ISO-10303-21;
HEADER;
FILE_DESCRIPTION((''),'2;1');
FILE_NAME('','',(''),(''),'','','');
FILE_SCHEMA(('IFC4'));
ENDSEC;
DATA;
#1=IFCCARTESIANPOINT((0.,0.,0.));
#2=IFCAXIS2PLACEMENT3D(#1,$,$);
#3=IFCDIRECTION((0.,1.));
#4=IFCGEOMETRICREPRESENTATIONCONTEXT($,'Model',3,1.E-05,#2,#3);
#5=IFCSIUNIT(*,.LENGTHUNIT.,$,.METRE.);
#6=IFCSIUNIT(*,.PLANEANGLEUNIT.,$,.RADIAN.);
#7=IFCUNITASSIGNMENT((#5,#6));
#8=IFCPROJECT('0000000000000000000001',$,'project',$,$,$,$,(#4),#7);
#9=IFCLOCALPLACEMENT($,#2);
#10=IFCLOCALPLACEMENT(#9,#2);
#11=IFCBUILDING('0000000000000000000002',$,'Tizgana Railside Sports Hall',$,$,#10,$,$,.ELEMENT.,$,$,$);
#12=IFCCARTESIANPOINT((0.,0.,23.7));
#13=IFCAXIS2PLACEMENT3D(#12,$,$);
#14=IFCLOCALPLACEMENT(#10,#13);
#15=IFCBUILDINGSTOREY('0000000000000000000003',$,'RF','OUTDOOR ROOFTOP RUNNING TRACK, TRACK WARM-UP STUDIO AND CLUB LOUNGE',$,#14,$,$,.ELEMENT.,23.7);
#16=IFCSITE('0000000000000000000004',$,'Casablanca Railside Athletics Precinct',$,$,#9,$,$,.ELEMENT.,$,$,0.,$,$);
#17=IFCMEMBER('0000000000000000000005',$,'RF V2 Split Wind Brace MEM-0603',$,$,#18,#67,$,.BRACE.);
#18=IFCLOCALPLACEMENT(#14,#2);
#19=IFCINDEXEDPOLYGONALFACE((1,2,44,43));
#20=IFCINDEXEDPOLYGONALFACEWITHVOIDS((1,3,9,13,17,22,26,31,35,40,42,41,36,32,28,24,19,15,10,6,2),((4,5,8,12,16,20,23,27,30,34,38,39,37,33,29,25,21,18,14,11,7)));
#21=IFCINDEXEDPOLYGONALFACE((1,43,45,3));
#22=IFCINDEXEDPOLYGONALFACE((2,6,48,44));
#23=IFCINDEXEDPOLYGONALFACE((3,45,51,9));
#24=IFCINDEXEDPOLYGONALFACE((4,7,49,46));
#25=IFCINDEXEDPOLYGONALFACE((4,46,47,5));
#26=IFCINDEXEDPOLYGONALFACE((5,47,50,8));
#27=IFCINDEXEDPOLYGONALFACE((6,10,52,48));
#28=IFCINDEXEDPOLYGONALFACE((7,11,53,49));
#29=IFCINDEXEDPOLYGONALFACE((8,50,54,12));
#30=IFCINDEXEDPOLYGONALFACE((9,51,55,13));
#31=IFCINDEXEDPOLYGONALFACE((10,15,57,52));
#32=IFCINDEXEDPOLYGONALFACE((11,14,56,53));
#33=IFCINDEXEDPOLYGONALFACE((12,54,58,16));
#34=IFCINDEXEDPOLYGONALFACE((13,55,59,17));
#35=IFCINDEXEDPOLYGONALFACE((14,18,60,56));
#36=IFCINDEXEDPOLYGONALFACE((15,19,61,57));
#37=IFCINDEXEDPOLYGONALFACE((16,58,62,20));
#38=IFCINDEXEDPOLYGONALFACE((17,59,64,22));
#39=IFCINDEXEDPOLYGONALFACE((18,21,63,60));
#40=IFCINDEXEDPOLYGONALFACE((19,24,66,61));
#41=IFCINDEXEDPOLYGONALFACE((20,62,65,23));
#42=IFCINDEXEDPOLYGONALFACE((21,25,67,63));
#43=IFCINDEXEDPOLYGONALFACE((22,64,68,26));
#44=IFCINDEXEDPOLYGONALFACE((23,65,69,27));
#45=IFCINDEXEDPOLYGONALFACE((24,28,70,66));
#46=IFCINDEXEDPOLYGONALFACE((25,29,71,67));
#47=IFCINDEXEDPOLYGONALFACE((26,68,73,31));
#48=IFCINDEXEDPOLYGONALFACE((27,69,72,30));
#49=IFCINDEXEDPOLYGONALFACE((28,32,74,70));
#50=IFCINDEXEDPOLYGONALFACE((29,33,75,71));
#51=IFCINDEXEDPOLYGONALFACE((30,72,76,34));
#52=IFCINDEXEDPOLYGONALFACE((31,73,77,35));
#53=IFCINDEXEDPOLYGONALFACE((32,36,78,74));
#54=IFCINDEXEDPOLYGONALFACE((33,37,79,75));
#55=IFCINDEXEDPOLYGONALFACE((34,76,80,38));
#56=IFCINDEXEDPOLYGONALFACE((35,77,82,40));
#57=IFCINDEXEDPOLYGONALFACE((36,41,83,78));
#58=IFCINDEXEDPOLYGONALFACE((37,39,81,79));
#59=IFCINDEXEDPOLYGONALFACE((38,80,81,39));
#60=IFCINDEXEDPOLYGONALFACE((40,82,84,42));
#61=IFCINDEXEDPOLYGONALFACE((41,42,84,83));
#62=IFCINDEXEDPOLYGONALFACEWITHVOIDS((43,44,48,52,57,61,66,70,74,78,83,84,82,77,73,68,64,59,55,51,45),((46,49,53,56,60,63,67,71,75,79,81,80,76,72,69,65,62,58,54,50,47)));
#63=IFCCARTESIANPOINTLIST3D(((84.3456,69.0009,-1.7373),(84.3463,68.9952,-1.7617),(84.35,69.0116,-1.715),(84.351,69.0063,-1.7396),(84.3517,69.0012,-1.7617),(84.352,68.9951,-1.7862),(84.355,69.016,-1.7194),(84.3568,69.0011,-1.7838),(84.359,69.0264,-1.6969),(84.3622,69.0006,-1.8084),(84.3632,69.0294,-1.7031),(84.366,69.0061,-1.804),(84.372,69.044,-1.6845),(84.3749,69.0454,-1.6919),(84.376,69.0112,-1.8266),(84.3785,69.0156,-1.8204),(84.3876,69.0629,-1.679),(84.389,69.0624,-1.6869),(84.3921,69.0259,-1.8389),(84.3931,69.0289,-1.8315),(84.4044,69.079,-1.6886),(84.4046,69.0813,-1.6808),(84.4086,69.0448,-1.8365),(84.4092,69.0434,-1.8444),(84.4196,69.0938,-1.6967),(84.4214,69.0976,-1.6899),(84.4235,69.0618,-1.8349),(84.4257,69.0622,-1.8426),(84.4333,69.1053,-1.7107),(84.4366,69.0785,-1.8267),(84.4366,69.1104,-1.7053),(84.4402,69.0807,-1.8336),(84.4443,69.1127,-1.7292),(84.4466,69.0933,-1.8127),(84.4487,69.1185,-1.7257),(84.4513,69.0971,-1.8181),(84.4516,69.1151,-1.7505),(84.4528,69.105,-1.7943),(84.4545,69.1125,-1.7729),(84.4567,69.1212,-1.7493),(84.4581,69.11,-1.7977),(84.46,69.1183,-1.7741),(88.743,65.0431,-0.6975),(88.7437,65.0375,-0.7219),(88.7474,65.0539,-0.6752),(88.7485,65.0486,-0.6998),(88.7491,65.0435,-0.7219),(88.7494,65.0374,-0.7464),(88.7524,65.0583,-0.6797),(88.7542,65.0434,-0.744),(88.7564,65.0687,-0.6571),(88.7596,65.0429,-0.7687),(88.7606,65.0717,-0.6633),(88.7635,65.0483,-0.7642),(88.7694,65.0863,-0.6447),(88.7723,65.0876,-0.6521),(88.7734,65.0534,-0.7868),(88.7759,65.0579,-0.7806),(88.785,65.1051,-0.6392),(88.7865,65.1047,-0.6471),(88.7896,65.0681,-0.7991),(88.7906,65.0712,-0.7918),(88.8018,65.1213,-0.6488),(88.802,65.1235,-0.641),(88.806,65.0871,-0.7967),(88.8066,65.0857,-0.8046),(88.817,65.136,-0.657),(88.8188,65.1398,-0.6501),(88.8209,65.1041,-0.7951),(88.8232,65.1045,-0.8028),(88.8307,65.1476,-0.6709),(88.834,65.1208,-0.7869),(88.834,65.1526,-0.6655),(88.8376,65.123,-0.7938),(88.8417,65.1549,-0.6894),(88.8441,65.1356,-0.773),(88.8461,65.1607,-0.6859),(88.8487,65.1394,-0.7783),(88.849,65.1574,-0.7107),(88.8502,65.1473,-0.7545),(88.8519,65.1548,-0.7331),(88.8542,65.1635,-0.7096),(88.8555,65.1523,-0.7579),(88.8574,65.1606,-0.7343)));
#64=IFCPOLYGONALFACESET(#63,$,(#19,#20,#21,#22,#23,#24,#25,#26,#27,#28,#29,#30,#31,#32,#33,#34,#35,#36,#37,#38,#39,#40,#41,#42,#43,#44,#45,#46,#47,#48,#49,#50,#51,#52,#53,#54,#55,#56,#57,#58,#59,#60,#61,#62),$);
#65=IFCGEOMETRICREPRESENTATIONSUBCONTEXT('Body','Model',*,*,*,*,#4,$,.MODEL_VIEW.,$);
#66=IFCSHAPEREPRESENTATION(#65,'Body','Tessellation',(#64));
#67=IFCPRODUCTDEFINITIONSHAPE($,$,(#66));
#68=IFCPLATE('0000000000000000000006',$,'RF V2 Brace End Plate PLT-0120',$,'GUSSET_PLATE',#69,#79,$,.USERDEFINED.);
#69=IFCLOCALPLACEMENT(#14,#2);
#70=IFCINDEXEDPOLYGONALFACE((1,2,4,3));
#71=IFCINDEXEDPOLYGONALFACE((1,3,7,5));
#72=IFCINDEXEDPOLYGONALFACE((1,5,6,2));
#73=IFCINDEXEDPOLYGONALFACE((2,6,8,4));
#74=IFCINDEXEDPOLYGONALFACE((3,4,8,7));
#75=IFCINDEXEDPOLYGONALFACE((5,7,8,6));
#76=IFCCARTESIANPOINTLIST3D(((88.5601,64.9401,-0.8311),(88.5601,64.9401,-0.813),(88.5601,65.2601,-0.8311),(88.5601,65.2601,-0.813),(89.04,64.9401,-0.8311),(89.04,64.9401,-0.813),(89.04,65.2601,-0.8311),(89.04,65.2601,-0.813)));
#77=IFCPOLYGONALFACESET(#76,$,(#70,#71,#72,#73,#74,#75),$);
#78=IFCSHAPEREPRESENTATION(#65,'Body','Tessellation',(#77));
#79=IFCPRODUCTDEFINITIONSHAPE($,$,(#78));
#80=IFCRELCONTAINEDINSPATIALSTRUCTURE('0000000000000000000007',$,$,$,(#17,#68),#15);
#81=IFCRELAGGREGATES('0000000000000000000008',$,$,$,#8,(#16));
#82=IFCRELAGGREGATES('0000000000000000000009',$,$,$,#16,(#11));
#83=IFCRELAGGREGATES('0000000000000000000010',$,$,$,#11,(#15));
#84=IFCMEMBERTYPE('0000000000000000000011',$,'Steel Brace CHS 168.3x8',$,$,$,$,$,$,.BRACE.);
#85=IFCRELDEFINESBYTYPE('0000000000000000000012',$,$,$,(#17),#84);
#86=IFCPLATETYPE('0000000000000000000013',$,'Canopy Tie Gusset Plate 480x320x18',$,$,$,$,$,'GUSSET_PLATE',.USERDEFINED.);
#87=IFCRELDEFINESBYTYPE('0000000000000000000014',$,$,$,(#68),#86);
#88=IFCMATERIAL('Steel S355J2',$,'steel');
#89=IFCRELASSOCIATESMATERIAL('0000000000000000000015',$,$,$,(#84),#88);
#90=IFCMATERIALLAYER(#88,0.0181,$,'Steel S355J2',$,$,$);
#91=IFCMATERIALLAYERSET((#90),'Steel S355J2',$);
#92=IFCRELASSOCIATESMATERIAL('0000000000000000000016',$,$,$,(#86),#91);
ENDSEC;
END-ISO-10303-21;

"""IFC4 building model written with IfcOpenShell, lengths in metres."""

from ifc_helpers import new_model, si_unit, direction, frame, origin, origin_2d, place, context, subcontext, project, spatial, rectangle, hollow_circle, extrude, material, layer, layer_set, material_profile, profile_set, type_object, element, save


model = new_model("IFC4")

# Units and contexts
model_context = context("Model", 3, precision=1e-05, world=origin(), true_north=direction((0.0, 1.0)))
body_context = subcontext(model_context, "Body", "Model", "MODEL_VIEW")
ifc_project = project(units=[si_unit("LENGTHUNIT", "METRE"), si_unit("PLANEANGLEUNIT", "RADIAN")], contexts=[model_context])

# Site, building, storey
site_placement = place(None, origin())
site = spatial("IfcSite", under=ifc_project, at=site_placement, Name="Casablanca Railside Athletics Precinct", CompositionType="ELEMENT", RefElevation=0.0)
building_placement = place(site_placement, origin())
building = spatial("IfcBuilding", under=site, at=building_placement, Name="Tizgana Railside Sports Hall", CompositionType="ELEMENT")
storey_placement = place(building_placement, frame((0.0, 0.0, 23.7)))
storey = spatial("IfcBuildingStorey", under=building, at=storey_placement, Name="RF", Description="OUTDOOR ROOFTOP RUNNING TRACK, TRACK WARM-UP STUDIO AND CLUB LOUNGE", CompositionType="ELEMENT", Elevation=23.7)

# Member
ifc_material_1 = material(Name="Steel S355J2", Category="steel")
ifc_material_profile_1 = material_profile(ifc_material_1, hollow_circle(Radius=0.0842, WallThickness=0.0081, at=origin_2d()), Name="CHS 168.3x8")
ifc_profile_set_1 = profile_set([ifc_material_profile_1], Name="Steel S355J2")
member_type_1 = type_object("IfcMemberType", Name="Steel Brace CHS 168.3x8", PredefinedType="BRACE", material=ifc_profile_set_1)
member_1_placement = place(storey_placement, frame((88.8, 65.1001, -0.7219), z_axis=(-0.732069, 0.658871, -0.1731), x_axis=(-0.668969, -0.74329, 0.0)))
element("IfcMember", 1, at=member_1_placement, inside=storey, type_object=member_type_1, Name="RF V2 Split Wind Brace MEM-0603", PredefinedType="BRACE", context=body_context, shape_type="SweptSolid", body=[
    extrude(hollow_circle(Radius=0.0842, WallThickness=0.0081, at=origin_2d()), origin(), (0.0, 0.0, 1.0), 6.0068),
])

# Plate
ifc_layer = layer(ifc_material_1, 0.0181, Name="Steel S355J2")
ifc_layer_set = layer_set([ifc_layer], Name="Steel S355J2")
plate_type = type_object("IfcPlateType", Name="Canopy Tie Gusset Plate 480x320x18", ElementType="GUSSET_PLATE", PredefinedType="USERDEFINED", material=ifc_layer_set)
plate_placement = place(storey_placement, frame((88.8, 65.1001, -0.8311), z_axis=(0.0, 0.0, 1.0), x_axis=(1.0, 0.0, 0.0)))
element("IfcPlate", 2, at=plate_placement, inside=storey, type_object=plate_type, Name="RF V2 Brace End Plate PLT-0120", ObjectType="GUSSET_PLATE", PredefinedType="USERDEFINED", context=body_context, shape_type="SweptSolid", body=[
    extrude(rectangle(XDim=0.48, YDim=0.3201, at=origin_2d()), origin(), (0.0, 0.0, 1.0), 0.0181),
])

save(model, "model.ifc")
